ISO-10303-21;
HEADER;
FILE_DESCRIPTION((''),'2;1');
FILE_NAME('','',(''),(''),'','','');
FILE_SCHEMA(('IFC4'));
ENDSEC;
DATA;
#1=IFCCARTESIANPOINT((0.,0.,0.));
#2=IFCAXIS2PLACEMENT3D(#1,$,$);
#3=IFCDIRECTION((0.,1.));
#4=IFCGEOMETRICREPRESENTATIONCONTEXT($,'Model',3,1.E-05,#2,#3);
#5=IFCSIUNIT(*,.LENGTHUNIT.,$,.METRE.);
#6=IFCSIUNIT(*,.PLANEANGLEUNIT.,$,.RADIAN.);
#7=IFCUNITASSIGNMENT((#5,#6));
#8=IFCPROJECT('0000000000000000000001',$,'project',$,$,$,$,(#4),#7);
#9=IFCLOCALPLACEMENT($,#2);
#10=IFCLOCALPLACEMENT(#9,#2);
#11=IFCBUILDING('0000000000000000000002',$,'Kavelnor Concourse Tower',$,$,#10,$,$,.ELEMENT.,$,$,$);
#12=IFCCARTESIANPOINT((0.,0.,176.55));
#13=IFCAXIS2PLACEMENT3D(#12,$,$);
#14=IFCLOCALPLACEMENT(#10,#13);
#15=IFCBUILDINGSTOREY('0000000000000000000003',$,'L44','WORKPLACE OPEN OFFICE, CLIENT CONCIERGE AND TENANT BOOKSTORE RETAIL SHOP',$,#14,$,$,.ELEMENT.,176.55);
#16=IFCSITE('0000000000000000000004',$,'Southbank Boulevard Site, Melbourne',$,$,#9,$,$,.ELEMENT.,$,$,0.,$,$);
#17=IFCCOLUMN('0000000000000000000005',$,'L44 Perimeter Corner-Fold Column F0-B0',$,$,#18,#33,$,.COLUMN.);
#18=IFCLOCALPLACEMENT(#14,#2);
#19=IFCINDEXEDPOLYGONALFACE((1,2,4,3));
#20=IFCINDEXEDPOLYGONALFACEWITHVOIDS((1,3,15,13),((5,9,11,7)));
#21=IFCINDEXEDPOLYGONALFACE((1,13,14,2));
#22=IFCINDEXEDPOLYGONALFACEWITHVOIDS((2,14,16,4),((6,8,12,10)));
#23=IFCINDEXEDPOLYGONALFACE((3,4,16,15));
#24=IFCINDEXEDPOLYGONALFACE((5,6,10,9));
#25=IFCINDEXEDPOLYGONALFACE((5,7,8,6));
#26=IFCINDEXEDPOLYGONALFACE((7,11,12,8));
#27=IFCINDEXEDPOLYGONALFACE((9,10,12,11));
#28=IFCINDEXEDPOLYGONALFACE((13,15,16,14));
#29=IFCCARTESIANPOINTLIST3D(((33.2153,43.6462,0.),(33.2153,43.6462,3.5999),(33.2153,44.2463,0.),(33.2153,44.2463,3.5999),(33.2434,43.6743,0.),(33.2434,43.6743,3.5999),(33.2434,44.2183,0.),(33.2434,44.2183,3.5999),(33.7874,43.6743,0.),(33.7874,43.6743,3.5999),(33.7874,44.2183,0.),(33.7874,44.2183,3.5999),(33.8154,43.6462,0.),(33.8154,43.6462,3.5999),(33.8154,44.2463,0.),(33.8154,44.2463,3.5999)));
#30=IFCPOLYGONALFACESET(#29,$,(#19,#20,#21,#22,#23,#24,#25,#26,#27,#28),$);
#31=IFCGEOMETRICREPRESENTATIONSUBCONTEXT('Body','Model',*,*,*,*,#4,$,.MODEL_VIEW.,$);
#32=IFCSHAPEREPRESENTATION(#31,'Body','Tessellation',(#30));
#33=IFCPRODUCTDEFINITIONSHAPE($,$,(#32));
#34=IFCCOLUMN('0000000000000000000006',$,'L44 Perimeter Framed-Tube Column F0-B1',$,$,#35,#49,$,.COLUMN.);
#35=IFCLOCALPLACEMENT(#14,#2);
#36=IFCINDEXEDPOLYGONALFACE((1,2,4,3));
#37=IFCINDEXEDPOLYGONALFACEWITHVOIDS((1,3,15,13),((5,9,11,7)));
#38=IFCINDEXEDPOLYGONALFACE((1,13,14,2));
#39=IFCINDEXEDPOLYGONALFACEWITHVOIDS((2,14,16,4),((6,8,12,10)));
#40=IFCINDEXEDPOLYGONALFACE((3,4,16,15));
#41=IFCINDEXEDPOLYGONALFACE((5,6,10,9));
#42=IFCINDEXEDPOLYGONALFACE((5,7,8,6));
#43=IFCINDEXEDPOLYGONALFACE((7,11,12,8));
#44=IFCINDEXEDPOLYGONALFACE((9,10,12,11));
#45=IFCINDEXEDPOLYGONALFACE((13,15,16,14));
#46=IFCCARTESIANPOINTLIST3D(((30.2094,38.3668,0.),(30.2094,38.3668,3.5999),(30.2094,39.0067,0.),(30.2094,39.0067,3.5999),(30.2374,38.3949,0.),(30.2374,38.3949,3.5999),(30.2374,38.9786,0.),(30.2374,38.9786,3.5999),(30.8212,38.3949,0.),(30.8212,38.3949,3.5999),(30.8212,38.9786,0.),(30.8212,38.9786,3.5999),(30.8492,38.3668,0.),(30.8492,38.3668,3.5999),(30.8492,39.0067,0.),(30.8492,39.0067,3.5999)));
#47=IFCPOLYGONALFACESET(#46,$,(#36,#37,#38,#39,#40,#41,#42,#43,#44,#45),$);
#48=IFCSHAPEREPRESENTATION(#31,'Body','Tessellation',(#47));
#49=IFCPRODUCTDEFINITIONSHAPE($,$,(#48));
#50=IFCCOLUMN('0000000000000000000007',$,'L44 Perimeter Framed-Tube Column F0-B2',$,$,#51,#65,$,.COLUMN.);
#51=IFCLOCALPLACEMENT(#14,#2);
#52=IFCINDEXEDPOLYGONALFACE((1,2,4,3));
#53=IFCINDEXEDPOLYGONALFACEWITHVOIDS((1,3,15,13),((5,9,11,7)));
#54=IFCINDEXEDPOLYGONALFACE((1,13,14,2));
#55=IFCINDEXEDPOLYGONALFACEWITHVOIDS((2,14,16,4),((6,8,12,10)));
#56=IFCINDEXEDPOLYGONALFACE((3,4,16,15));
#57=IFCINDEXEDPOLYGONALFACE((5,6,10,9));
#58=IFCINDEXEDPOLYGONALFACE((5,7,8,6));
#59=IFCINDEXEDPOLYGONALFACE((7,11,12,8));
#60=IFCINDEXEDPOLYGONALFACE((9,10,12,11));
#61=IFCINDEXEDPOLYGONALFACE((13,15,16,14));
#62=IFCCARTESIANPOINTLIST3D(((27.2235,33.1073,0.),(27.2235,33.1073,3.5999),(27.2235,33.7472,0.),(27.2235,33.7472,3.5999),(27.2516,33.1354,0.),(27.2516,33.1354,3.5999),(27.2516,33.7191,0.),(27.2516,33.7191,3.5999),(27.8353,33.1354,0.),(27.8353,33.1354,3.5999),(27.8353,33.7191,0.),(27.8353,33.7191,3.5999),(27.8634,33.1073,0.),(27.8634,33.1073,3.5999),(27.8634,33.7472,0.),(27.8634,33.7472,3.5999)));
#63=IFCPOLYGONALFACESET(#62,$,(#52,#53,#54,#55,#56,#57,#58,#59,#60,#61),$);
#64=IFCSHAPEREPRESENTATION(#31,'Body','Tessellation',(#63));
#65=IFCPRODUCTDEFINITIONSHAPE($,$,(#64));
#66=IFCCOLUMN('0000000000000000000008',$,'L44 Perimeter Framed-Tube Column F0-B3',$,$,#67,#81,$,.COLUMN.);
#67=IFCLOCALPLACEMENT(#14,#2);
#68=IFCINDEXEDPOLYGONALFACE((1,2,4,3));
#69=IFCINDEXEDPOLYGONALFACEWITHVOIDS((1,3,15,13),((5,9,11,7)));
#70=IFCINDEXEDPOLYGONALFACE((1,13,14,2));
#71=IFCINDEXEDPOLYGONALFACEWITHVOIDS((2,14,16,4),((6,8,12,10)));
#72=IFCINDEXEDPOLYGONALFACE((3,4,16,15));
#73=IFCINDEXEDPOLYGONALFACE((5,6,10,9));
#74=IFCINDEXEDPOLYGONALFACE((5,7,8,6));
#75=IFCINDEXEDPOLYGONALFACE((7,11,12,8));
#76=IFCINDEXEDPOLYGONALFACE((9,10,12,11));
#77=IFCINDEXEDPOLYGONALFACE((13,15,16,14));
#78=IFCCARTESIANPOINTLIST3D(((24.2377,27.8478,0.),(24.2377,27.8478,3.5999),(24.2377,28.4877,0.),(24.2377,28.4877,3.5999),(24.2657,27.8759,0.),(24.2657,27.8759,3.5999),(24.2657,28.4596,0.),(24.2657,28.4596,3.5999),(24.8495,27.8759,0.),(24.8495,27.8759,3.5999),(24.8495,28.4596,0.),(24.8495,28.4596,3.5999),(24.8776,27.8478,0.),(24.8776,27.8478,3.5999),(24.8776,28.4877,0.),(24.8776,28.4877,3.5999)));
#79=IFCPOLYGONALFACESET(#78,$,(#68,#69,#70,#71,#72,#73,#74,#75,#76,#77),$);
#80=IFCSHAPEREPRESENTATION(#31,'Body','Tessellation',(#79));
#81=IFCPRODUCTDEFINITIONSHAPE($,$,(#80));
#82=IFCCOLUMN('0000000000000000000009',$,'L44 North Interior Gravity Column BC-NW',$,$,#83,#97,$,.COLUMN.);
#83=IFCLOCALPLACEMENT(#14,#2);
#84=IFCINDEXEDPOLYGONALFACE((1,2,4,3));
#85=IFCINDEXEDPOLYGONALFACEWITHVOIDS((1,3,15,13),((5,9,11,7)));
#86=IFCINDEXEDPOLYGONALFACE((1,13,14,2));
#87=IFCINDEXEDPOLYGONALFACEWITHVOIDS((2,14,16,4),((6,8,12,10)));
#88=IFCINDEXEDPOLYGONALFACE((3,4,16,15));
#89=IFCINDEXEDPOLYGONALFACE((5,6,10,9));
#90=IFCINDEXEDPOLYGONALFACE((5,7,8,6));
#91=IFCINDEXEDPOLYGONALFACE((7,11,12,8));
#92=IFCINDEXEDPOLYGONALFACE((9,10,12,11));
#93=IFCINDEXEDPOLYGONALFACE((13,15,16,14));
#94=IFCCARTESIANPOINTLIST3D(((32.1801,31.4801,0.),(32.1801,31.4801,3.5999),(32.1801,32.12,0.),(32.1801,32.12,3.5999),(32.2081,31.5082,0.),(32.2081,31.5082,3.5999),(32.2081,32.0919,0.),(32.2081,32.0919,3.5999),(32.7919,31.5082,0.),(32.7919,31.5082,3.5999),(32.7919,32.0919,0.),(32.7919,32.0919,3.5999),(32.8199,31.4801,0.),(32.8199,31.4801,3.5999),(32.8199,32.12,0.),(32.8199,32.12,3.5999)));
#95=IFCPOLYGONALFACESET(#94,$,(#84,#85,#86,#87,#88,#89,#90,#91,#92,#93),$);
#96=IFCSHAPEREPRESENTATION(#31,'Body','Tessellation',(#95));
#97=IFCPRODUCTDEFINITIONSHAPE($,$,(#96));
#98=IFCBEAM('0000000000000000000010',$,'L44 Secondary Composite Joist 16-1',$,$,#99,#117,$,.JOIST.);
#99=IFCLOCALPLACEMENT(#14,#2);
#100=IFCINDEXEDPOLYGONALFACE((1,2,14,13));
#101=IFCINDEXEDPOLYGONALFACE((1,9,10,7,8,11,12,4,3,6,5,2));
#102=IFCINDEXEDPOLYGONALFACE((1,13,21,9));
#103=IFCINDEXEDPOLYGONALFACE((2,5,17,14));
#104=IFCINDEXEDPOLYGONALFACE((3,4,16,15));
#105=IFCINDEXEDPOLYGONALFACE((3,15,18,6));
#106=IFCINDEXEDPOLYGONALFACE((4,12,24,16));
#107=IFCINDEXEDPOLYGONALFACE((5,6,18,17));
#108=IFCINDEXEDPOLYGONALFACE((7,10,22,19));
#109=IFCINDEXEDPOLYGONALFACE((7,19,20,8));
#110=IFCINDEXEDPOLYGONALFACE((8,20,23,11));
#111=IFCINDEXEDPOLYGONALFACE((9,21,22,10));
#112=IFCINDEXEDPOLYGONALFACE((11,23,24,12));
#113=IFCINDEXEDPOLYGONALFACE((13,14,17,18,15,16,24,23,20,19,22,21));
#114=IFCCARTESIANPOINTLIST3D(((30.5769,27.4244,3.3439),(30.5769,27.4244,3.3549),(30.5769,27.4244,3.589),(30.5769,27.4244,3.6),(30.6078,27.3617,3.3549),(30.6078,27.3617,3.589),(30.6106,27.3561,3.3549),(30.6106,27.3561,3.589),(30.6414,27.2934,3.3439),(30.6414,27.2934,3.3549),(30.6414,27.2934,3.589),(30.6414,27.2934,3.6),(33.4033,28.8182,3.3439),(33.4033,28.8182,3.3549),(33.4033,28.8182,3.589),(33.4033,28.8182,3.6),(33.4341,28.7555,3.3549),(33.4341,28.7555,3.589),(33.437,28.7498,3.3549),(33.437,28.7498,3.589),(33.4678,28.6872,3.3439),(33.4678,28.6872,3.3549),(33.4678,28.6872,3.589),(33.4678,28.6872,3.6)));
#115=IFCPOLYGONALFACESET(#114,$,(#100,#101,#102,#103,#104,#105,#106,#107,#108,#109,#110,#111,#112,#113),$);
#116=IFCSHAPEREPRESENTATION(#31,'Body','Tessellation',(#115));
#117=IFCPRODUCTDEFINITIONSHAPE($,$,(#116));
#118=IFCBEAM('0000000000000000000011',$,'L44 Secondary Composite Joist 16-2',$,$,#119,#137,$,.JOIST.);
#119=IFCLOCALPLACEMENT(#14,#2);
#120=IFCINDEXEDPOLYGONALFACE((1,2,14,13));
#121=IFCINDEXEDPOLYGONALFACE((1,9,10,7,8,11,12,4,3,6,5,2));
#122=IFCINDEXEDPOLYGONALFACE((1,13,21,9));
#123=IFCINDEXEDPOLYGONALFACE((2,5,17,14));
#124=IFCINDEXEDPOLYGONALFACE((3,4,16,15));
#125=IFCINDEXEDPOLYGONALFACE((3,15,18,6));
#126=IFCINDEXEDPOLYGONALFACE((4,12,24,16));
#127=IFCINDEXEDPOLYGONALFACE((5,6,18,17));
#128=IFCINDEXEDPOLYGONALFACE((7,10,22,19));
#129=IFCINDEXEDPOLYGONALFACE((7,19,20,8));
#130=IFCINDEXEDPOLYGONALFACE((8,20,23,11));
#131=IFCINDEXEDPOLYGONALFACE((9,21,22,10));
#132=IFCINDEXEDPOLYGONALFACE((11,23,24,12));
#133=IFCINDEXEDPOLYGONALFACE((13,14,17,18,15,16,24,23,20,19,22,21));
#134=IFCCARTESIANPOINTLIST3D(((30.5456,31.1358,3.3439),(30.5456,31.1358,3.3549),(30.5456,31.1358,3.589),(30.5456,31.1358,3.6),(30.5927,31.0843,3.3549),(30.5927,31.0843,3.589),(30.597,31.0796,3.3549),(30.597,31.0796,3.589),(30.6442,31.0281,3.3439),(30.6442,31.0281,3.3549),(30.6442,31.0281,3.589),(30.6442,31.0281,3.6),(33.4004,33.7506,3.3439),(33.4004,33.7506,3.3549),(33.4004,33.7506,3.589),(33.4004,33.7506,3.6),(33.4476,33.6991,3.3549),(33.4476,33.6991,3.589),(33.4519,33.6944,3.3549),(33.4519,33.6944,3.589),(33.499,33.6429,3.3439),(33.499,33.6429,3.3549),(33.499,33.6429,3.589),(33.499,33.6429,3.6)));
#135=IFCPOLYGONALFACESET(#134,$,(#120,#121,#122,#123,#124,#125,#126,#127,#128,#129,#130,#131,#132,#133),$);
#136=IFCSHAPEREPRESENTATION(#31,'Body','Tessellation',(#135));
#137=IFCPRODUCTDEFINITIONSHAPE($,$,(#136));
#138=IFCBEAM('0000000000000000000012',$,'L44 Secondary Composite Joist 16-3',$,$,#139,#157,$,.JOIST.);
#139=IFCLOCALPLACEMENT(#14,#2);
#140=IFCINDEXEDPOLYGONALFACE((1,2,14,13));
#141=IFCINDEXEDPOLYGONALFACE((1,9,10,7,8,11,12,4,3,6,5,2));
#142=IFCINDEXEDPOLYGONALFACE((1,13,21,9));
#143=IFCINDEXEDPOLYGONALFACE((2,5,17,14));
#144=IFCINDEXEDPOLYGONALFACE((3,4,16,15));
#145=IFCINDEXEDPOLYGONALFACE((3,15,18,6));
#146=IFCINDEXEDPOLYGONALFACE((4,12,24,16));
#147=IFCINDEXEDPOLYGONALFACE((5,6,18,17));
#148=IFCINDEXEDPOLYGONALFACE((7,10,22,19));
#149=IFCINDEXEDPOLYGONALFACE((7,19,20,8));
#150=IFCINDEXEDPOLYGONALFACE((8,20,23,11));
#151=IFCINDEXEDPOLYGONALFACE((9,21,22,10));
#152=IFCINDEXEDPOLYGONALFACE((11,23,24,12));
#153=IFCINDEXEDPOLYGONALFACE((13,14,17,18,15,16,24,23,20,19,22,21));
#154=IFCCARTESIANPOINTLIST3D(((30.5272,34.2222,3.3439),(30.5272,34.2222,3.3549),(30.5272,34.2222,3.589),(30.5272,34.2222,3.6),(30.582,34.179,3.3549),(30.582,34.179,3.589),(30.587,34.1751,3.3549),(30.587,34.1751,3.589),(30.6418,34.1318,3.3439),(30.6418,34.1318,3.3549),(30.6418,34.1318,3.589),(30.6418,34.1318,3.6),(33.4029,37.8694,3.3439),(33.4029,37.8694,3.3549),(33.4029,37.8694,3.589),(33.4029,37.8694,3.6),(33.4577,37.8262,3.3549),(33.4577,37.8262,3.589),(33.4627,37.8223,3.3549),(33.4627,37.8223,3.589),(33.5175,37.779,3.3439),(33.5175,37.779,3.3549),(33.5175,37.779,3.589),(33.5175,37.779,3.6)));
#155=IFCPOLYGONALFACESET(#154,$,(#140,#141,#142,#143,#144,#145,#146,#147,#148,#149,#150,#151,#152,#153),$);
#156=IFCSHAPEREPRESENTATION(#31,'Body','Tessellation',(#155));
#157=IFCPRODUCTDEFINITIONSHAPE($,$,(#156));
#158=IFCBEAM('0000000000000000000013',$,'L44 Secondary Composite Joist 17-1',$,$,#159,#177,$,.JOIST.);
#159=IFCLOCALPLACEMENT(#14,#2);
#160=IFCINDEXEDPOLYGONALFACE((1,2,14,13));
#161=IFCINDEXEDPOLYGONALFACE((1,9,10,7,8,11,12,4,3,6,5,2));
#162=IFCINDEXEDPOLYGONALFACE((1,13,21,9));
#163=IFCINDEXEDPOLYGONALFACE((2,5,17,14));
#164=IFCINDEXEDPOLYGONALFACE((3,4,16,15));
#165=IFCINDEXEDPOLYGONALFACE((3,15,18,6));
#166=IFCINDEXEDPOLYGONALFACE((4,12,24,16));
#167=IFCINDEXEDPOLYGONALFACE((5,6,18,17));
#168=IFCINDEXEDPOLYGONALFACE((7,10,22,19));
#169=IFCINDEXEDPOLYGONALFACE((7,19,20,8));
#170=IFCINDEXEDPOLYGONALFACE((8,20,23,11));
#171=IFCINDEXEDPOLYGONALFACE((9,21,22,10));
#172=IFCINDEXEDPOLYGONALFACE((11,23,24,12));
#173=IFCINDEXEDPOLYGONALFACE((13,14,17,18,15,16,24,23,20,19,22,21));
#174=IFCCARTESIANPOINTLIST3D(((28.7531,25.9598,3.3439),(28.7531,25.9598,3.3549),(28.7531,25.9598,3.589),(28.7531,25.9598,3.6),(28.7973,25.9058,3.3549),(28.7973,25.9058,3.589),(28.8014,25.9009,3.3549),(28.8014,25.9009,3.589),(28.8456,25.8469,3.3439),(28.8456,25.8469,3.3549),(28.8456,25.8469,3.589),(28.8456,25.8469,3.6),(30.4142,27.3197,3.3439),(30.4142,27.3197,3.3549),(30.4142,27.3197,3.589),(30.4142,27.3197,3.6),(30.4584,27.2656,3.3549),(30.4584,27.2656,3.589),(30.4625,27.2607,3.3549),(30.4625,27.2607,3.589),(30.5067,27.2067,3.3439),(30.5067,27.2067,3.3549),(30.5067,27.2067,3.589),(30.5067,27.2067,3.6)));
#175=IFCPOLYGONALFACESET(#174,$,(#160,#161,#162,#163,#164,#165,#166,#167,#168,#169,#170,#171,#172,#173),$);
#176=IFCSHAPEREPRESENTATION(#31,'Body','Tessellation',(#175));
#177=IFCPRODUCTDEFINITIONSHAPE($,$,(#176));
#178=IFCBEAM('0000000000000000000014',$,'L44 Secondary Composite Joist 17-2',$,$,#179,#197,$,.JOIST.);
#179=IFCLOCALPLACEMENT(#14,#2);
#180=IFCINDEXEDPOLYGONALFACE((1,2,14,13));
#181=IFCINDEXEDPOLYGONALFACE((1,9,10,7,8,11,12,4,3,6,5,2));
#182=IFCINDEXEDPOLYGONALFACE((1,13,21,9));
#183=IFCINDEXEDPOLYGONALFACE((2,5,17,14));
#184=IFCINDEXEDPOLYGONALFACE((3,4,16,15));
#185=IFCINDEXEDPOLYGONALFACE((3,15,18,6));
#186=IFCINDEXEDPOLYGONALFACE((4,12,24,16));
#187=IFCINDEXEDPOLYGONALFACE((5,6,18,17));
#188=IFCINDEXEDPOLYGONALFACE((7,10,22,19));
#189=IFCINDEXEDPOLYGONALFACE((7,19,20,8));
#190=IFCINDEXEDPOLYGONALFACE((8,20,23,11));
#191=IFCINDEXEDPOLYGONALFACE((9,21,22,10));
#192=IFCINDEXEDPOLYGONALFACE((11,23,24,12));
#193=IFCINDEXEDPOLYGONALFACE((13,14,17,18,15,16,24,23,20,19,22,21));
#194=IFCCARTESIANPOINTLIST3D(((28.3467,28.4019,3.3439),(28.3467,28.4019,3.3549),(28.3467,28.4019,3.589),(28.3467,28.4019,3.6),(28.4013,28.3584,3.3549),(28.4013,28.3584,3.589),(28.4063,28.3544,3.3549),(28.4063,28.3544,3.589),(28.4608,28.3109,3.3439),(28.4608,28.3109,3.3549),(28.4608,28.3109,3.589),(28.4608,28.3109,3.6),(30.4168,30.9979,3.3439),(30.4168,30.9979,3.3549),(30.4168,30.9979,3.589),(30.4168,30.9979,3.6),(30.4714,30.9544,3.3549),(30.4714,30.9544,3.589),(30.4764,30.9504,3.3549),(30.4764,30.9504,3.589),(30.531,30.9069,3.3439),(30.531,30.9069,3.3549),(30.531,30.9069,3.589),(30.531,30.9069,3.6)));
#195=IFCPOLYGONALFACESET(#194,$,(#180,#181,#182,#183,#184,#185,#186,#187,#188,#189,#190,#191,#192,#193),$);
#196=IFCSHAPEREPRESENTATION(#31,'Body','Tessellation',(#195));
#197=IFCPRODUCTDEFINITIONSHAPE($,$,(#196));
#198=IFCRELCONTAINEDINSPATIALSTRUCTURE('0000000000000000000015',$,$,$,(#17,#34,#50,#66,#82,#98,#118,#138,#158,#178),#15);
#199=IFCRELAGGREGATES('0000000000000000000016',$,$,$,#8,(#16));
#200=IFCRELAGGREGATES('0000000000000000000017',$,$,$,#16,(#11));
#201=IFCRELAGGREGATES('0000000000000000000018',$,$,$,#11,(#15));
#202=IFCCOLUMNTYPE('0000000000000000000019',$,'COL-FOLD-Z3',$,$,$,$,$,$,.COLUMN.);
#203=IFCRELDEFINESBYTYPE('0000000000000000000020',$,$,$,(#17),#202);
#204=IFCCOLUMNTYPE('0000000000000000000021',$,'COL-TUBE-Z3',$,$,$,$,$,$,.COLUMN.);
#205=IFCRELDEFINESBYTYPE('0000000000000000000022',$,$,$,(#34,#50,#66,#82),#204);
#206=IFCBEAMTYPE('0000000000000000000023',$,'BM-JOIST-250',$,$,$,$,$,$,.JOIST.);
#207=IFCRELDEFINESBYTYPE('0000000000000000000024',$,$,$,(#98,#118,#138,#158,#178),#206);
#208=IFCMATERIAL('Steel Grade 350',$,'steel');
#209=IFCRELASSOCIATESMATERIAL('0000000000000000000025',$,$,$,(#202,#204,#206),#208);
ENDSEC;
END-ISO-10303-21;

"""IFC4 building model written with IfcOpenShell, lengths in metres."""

from ifc_helpers import new_model, si_unit, direction, frame, origin, origin_2d, place, context, subcontext, project, spatial, hollow_rectangle, i_section, extrude, material, material_profile, profile_set, type_object, element, save


model = new_model("IFC4")

# Units and contexts
model_context = context("Model", 3, precision=1e-05, world=origin(), true_north=direction((0.0, 1.0)))
body_context = subcontext(model_context, "Body", "Model", "MODEL_VIEW")
ifc_project = project(units=[si_unit("LENGTHUNIT", "METRE"), si_unit("PLANEANGLEUNIT", "RADIAN")], contexts=[model_context])

# Site, building, storey
site_placement = place(None, origin())
site = spatial("IfcSite", under=ifc_project, at=site_placement, Name="Southbank Boulevard Site, Melbourne", CompositionType="ELEMENT", RefElevation=0.0)
building_placement = place(site_placement, origin())
building = spatial("IfcBuilding", under=site, at=building_placement, Name="Kavelnor Concourse Tower", CompositionType="ELEMENT")
storey_placement = place(building_placement, frame((0.0, 0.0, 176.55)))
storey = spatial("IfcBuildingStorey", under=building, at=storey_placement, Name="L44", Description="WORKPLACE OPEN OFFICE, CLIENT CONCIERGE AND TENANT BOOKSTORE RETAIL SHOP", CompositionType="ELEMENT", Elevation=176.55)

# Columns
ifc_material_1 = material(Name="Steel Grade 350", Category="steel")
ifc_material_profile_1 = material_profile(ifc_material_1, hollow_rectangle(XDim=0.6001, YDim=0.6001, WallThickness=0.0281, at=origin_2d()), Name="SHS 600x600x28")
ifc_profile_set_1 = profile_set([ifc_material_profile_1], Name="Steel Grade 350")
column_type_1 = type_object("IfcColumnType", Name="COL-FOLD-Z3", PredefinedType="COLUMN", material=ifc_profile_set_1)
column_placement = place(storey_placement, frame((33.5154, 43.9463, 0.0), z_axis=(0.0, 0.0, 1.0), x_axis=(1.0, 0.0, 0.0)))
element("IfcColumn", 1, at=column_placement, inside=storey, type_object=column_type_1, Name="L44 Perimeter Corner-Fold Column F0-B0", PredefinedType="COLUMN", context=body_context, shape_type="SweptSolid", body=[
    extrude(hollow_rectangle(XDim=0.6001, YDim=0.6001, WallThickness=0.0281, at=origin_2d()), origin(), (0.0, 0.0, 1.0), 3.5999),
])
ifc_material_profile_2 = material_profile(ifc_material_1, hollow_rectangle(XDim=0.6399, YDim=0.6399, WallThickness=0.0281, at=origin_2d()), Name="SHS 640x640x28")
ifc_profile_set_2 = profile_set([ifc_material_profile_2], Name="Steel Grade 350")
column_type_2 = type_object("IfcColumnType", Name="COL-TUBE-Z3", PredefinedType="COLUMN", material=ifc_profile_set_2)
for number, where, z_axis, x_axis, name in (
    (2, (30.5293, 38.6868, 0.0), (0.0, 0.0, 1.0), (1.0, 0.0, 0.0), "L44 Perimeter Framed-Tube Column F0-B1"),
    (3, (27.5435, 33.4272, 0.0), (0.0, 0.0, 1.0), (1.0, 0.0, 0.0), "L44 Perimeter Framed-Tube Column F0-B2"),
    (4, (24.5576, 28.1677, 0.0), (0.0, 0.0, 1.0), (1.0, 0.0, 0.0), "L44 Perimeter Framed-Tube Column F0-B3"),
    (5, (32.5, 31.8, 0.0), (0.0, 0.0, 1.0), (1.0, 0.0, 0.0), "L44 North Interior Gravity Column BC-NW"),
):
    element("IfcColumn", number, at=place(storey_placement, frame(where, z_axis=z_axis, x_axis=x_axis)), inside=storey, type_object=column_type_2, Name=name, PredefinedType="COLUMN", context=body_context, shape_type="SweptSolid", body=[
        extrude(hollow_rectangle(XDim=0.6399, YDim=0.6399, WallThickness=0.0281, at=origin_2d()), origin(), (0.0, 0.0, 1.0), 3.5999),
    ])

# Beams
ifc_material_profile_3 = material_profile(ifc_material_1, i_section(OverallWidth=0.146, OverallDepth=0.2561, WebThickness=0.0063, FlangeThickness=0.011, at=origin_2d()), Name="250UB37")
ifc_profile_set_3 = profile_set([ifc_material_profile_3], Name="Steel Grade 350")
beam_type_1 = type_object("IfcBeamType", Name="BM-JOIST-250", PredefinedType="JOIST", material=ifc_profile_set_3)
beam_1_placement = place(storey_placement, frame((33.4355, 28.7527, 3.4719), z_axis=(-0.896877, -0.44228, 0.0), x_axis=(0.44228, -0.896877, 0.0)))
element("IfcBeam", 6, at=beam_1_placement, inside=storey, type_object=beam_type_1, Name="L44 Secondary Composite Joist 16-1", PredefinedType="JOIST", context=body_context, shape_type="SweptSolid", body=[
    extrude(i_section(OverallWidth=0.146, OverallDepth=0.2561, WebThickness=0.0063, FlangeThickness=0.011, at=origin_2d()), origin(), (0.0, 0.0, 1.0), 3.1514),
])
beam_2_placement = place(storey_placement, frame((33.4497, 33.6968, 3.4719), z_axis=(-0.737424, -0.67543, 0.0), x_axis=(0.67543, -0.737424, 0.0)))
element("IfcBeam", 7, at=beam_2_placement, inside=storey, type_object=beam_type_1, Name="L44 Secondary Composite Joist 16-2", PredefinedType="JOIST", context=body_context, shape_type="SweptSolid", body=[
    extrude(i_section(OverallWidth=0.146, OverallDepth=0.2561, WebThickness=0.0063, FlangeThickness=0.011, at=origin_2d()), origin(), (0.0, 0.0, 1.0), 3.8713),
])
beam_3_placement = place(storey_placement, frame((33.4602, 37.8242, 3.4719), z_axis=(-0.61916, -0.785265, 0.0), x_axis=(0.785265, -0.61916, 0.0)))
element("IfcBeam", 8, at=beam_3_placement, inside=storey, type_object=beam_type_1, Name="L44 Secondary Composite Joist 16-3", PredefinedType="JOIST", context=body_context, shape_type="SweptSolid", body=[
    extrude(i_section(OverallWidth=0.146, OverallDepth=0.2561, WebThickness=0.0063, FlangeThickness=0.011, at=origin_2d()), origin(), (0.0, 0.0, 1.0), 4.6445),
])
beam_4_placement = place(storey_placement, frame((30.4604, 27.2632, 3.4719), z_axis=(-0.773785, -0.633448, 0.0), x_axis=(0.633448, -0.773785, 0.0)))
element("IfcBeam", 9, at=beam_4_placement, inside=storey, type_object=beam_type_1, Name="L44 Secondary Composite Joist 17-1", PredefinedType="JOIST", context=body_context, shape_type="SweptSolid", body=[
    extrude(i_section(OverallWidth=0.146, OverallDepth=0.2561, WebThickness=0.0063, FlangeThickness=0.011, at=origin_2d()), origin(), (0.0, 0.0, 1.0), 2.1467),
])
beam_5_placement = place(storey_placement, frame((30.4739, 30.9524, 3.4719), z_axis=(-0.623466, -0.781851, 0.0), x_axis=(0.781851, -0.623466, 0.0)))
element("IfcBeam", 10, at=beam_5_placement, inside=storey, type_object=beam_type_1, Name="L44 Secondary Composite Joist 17-2", PredefinedType="JOIST", context=body_context, shape_type="SweptSolid", body=[
    extrude(i_section(OverallWidth=0.146, OverallDepth=0.2561, WebThickness=0.0063, FlangeThickness=0.011, at=origin_2d()), origin(), (0.0, 0.0, 1.0), 3.3203),
])

save(model, "model.ifc")
